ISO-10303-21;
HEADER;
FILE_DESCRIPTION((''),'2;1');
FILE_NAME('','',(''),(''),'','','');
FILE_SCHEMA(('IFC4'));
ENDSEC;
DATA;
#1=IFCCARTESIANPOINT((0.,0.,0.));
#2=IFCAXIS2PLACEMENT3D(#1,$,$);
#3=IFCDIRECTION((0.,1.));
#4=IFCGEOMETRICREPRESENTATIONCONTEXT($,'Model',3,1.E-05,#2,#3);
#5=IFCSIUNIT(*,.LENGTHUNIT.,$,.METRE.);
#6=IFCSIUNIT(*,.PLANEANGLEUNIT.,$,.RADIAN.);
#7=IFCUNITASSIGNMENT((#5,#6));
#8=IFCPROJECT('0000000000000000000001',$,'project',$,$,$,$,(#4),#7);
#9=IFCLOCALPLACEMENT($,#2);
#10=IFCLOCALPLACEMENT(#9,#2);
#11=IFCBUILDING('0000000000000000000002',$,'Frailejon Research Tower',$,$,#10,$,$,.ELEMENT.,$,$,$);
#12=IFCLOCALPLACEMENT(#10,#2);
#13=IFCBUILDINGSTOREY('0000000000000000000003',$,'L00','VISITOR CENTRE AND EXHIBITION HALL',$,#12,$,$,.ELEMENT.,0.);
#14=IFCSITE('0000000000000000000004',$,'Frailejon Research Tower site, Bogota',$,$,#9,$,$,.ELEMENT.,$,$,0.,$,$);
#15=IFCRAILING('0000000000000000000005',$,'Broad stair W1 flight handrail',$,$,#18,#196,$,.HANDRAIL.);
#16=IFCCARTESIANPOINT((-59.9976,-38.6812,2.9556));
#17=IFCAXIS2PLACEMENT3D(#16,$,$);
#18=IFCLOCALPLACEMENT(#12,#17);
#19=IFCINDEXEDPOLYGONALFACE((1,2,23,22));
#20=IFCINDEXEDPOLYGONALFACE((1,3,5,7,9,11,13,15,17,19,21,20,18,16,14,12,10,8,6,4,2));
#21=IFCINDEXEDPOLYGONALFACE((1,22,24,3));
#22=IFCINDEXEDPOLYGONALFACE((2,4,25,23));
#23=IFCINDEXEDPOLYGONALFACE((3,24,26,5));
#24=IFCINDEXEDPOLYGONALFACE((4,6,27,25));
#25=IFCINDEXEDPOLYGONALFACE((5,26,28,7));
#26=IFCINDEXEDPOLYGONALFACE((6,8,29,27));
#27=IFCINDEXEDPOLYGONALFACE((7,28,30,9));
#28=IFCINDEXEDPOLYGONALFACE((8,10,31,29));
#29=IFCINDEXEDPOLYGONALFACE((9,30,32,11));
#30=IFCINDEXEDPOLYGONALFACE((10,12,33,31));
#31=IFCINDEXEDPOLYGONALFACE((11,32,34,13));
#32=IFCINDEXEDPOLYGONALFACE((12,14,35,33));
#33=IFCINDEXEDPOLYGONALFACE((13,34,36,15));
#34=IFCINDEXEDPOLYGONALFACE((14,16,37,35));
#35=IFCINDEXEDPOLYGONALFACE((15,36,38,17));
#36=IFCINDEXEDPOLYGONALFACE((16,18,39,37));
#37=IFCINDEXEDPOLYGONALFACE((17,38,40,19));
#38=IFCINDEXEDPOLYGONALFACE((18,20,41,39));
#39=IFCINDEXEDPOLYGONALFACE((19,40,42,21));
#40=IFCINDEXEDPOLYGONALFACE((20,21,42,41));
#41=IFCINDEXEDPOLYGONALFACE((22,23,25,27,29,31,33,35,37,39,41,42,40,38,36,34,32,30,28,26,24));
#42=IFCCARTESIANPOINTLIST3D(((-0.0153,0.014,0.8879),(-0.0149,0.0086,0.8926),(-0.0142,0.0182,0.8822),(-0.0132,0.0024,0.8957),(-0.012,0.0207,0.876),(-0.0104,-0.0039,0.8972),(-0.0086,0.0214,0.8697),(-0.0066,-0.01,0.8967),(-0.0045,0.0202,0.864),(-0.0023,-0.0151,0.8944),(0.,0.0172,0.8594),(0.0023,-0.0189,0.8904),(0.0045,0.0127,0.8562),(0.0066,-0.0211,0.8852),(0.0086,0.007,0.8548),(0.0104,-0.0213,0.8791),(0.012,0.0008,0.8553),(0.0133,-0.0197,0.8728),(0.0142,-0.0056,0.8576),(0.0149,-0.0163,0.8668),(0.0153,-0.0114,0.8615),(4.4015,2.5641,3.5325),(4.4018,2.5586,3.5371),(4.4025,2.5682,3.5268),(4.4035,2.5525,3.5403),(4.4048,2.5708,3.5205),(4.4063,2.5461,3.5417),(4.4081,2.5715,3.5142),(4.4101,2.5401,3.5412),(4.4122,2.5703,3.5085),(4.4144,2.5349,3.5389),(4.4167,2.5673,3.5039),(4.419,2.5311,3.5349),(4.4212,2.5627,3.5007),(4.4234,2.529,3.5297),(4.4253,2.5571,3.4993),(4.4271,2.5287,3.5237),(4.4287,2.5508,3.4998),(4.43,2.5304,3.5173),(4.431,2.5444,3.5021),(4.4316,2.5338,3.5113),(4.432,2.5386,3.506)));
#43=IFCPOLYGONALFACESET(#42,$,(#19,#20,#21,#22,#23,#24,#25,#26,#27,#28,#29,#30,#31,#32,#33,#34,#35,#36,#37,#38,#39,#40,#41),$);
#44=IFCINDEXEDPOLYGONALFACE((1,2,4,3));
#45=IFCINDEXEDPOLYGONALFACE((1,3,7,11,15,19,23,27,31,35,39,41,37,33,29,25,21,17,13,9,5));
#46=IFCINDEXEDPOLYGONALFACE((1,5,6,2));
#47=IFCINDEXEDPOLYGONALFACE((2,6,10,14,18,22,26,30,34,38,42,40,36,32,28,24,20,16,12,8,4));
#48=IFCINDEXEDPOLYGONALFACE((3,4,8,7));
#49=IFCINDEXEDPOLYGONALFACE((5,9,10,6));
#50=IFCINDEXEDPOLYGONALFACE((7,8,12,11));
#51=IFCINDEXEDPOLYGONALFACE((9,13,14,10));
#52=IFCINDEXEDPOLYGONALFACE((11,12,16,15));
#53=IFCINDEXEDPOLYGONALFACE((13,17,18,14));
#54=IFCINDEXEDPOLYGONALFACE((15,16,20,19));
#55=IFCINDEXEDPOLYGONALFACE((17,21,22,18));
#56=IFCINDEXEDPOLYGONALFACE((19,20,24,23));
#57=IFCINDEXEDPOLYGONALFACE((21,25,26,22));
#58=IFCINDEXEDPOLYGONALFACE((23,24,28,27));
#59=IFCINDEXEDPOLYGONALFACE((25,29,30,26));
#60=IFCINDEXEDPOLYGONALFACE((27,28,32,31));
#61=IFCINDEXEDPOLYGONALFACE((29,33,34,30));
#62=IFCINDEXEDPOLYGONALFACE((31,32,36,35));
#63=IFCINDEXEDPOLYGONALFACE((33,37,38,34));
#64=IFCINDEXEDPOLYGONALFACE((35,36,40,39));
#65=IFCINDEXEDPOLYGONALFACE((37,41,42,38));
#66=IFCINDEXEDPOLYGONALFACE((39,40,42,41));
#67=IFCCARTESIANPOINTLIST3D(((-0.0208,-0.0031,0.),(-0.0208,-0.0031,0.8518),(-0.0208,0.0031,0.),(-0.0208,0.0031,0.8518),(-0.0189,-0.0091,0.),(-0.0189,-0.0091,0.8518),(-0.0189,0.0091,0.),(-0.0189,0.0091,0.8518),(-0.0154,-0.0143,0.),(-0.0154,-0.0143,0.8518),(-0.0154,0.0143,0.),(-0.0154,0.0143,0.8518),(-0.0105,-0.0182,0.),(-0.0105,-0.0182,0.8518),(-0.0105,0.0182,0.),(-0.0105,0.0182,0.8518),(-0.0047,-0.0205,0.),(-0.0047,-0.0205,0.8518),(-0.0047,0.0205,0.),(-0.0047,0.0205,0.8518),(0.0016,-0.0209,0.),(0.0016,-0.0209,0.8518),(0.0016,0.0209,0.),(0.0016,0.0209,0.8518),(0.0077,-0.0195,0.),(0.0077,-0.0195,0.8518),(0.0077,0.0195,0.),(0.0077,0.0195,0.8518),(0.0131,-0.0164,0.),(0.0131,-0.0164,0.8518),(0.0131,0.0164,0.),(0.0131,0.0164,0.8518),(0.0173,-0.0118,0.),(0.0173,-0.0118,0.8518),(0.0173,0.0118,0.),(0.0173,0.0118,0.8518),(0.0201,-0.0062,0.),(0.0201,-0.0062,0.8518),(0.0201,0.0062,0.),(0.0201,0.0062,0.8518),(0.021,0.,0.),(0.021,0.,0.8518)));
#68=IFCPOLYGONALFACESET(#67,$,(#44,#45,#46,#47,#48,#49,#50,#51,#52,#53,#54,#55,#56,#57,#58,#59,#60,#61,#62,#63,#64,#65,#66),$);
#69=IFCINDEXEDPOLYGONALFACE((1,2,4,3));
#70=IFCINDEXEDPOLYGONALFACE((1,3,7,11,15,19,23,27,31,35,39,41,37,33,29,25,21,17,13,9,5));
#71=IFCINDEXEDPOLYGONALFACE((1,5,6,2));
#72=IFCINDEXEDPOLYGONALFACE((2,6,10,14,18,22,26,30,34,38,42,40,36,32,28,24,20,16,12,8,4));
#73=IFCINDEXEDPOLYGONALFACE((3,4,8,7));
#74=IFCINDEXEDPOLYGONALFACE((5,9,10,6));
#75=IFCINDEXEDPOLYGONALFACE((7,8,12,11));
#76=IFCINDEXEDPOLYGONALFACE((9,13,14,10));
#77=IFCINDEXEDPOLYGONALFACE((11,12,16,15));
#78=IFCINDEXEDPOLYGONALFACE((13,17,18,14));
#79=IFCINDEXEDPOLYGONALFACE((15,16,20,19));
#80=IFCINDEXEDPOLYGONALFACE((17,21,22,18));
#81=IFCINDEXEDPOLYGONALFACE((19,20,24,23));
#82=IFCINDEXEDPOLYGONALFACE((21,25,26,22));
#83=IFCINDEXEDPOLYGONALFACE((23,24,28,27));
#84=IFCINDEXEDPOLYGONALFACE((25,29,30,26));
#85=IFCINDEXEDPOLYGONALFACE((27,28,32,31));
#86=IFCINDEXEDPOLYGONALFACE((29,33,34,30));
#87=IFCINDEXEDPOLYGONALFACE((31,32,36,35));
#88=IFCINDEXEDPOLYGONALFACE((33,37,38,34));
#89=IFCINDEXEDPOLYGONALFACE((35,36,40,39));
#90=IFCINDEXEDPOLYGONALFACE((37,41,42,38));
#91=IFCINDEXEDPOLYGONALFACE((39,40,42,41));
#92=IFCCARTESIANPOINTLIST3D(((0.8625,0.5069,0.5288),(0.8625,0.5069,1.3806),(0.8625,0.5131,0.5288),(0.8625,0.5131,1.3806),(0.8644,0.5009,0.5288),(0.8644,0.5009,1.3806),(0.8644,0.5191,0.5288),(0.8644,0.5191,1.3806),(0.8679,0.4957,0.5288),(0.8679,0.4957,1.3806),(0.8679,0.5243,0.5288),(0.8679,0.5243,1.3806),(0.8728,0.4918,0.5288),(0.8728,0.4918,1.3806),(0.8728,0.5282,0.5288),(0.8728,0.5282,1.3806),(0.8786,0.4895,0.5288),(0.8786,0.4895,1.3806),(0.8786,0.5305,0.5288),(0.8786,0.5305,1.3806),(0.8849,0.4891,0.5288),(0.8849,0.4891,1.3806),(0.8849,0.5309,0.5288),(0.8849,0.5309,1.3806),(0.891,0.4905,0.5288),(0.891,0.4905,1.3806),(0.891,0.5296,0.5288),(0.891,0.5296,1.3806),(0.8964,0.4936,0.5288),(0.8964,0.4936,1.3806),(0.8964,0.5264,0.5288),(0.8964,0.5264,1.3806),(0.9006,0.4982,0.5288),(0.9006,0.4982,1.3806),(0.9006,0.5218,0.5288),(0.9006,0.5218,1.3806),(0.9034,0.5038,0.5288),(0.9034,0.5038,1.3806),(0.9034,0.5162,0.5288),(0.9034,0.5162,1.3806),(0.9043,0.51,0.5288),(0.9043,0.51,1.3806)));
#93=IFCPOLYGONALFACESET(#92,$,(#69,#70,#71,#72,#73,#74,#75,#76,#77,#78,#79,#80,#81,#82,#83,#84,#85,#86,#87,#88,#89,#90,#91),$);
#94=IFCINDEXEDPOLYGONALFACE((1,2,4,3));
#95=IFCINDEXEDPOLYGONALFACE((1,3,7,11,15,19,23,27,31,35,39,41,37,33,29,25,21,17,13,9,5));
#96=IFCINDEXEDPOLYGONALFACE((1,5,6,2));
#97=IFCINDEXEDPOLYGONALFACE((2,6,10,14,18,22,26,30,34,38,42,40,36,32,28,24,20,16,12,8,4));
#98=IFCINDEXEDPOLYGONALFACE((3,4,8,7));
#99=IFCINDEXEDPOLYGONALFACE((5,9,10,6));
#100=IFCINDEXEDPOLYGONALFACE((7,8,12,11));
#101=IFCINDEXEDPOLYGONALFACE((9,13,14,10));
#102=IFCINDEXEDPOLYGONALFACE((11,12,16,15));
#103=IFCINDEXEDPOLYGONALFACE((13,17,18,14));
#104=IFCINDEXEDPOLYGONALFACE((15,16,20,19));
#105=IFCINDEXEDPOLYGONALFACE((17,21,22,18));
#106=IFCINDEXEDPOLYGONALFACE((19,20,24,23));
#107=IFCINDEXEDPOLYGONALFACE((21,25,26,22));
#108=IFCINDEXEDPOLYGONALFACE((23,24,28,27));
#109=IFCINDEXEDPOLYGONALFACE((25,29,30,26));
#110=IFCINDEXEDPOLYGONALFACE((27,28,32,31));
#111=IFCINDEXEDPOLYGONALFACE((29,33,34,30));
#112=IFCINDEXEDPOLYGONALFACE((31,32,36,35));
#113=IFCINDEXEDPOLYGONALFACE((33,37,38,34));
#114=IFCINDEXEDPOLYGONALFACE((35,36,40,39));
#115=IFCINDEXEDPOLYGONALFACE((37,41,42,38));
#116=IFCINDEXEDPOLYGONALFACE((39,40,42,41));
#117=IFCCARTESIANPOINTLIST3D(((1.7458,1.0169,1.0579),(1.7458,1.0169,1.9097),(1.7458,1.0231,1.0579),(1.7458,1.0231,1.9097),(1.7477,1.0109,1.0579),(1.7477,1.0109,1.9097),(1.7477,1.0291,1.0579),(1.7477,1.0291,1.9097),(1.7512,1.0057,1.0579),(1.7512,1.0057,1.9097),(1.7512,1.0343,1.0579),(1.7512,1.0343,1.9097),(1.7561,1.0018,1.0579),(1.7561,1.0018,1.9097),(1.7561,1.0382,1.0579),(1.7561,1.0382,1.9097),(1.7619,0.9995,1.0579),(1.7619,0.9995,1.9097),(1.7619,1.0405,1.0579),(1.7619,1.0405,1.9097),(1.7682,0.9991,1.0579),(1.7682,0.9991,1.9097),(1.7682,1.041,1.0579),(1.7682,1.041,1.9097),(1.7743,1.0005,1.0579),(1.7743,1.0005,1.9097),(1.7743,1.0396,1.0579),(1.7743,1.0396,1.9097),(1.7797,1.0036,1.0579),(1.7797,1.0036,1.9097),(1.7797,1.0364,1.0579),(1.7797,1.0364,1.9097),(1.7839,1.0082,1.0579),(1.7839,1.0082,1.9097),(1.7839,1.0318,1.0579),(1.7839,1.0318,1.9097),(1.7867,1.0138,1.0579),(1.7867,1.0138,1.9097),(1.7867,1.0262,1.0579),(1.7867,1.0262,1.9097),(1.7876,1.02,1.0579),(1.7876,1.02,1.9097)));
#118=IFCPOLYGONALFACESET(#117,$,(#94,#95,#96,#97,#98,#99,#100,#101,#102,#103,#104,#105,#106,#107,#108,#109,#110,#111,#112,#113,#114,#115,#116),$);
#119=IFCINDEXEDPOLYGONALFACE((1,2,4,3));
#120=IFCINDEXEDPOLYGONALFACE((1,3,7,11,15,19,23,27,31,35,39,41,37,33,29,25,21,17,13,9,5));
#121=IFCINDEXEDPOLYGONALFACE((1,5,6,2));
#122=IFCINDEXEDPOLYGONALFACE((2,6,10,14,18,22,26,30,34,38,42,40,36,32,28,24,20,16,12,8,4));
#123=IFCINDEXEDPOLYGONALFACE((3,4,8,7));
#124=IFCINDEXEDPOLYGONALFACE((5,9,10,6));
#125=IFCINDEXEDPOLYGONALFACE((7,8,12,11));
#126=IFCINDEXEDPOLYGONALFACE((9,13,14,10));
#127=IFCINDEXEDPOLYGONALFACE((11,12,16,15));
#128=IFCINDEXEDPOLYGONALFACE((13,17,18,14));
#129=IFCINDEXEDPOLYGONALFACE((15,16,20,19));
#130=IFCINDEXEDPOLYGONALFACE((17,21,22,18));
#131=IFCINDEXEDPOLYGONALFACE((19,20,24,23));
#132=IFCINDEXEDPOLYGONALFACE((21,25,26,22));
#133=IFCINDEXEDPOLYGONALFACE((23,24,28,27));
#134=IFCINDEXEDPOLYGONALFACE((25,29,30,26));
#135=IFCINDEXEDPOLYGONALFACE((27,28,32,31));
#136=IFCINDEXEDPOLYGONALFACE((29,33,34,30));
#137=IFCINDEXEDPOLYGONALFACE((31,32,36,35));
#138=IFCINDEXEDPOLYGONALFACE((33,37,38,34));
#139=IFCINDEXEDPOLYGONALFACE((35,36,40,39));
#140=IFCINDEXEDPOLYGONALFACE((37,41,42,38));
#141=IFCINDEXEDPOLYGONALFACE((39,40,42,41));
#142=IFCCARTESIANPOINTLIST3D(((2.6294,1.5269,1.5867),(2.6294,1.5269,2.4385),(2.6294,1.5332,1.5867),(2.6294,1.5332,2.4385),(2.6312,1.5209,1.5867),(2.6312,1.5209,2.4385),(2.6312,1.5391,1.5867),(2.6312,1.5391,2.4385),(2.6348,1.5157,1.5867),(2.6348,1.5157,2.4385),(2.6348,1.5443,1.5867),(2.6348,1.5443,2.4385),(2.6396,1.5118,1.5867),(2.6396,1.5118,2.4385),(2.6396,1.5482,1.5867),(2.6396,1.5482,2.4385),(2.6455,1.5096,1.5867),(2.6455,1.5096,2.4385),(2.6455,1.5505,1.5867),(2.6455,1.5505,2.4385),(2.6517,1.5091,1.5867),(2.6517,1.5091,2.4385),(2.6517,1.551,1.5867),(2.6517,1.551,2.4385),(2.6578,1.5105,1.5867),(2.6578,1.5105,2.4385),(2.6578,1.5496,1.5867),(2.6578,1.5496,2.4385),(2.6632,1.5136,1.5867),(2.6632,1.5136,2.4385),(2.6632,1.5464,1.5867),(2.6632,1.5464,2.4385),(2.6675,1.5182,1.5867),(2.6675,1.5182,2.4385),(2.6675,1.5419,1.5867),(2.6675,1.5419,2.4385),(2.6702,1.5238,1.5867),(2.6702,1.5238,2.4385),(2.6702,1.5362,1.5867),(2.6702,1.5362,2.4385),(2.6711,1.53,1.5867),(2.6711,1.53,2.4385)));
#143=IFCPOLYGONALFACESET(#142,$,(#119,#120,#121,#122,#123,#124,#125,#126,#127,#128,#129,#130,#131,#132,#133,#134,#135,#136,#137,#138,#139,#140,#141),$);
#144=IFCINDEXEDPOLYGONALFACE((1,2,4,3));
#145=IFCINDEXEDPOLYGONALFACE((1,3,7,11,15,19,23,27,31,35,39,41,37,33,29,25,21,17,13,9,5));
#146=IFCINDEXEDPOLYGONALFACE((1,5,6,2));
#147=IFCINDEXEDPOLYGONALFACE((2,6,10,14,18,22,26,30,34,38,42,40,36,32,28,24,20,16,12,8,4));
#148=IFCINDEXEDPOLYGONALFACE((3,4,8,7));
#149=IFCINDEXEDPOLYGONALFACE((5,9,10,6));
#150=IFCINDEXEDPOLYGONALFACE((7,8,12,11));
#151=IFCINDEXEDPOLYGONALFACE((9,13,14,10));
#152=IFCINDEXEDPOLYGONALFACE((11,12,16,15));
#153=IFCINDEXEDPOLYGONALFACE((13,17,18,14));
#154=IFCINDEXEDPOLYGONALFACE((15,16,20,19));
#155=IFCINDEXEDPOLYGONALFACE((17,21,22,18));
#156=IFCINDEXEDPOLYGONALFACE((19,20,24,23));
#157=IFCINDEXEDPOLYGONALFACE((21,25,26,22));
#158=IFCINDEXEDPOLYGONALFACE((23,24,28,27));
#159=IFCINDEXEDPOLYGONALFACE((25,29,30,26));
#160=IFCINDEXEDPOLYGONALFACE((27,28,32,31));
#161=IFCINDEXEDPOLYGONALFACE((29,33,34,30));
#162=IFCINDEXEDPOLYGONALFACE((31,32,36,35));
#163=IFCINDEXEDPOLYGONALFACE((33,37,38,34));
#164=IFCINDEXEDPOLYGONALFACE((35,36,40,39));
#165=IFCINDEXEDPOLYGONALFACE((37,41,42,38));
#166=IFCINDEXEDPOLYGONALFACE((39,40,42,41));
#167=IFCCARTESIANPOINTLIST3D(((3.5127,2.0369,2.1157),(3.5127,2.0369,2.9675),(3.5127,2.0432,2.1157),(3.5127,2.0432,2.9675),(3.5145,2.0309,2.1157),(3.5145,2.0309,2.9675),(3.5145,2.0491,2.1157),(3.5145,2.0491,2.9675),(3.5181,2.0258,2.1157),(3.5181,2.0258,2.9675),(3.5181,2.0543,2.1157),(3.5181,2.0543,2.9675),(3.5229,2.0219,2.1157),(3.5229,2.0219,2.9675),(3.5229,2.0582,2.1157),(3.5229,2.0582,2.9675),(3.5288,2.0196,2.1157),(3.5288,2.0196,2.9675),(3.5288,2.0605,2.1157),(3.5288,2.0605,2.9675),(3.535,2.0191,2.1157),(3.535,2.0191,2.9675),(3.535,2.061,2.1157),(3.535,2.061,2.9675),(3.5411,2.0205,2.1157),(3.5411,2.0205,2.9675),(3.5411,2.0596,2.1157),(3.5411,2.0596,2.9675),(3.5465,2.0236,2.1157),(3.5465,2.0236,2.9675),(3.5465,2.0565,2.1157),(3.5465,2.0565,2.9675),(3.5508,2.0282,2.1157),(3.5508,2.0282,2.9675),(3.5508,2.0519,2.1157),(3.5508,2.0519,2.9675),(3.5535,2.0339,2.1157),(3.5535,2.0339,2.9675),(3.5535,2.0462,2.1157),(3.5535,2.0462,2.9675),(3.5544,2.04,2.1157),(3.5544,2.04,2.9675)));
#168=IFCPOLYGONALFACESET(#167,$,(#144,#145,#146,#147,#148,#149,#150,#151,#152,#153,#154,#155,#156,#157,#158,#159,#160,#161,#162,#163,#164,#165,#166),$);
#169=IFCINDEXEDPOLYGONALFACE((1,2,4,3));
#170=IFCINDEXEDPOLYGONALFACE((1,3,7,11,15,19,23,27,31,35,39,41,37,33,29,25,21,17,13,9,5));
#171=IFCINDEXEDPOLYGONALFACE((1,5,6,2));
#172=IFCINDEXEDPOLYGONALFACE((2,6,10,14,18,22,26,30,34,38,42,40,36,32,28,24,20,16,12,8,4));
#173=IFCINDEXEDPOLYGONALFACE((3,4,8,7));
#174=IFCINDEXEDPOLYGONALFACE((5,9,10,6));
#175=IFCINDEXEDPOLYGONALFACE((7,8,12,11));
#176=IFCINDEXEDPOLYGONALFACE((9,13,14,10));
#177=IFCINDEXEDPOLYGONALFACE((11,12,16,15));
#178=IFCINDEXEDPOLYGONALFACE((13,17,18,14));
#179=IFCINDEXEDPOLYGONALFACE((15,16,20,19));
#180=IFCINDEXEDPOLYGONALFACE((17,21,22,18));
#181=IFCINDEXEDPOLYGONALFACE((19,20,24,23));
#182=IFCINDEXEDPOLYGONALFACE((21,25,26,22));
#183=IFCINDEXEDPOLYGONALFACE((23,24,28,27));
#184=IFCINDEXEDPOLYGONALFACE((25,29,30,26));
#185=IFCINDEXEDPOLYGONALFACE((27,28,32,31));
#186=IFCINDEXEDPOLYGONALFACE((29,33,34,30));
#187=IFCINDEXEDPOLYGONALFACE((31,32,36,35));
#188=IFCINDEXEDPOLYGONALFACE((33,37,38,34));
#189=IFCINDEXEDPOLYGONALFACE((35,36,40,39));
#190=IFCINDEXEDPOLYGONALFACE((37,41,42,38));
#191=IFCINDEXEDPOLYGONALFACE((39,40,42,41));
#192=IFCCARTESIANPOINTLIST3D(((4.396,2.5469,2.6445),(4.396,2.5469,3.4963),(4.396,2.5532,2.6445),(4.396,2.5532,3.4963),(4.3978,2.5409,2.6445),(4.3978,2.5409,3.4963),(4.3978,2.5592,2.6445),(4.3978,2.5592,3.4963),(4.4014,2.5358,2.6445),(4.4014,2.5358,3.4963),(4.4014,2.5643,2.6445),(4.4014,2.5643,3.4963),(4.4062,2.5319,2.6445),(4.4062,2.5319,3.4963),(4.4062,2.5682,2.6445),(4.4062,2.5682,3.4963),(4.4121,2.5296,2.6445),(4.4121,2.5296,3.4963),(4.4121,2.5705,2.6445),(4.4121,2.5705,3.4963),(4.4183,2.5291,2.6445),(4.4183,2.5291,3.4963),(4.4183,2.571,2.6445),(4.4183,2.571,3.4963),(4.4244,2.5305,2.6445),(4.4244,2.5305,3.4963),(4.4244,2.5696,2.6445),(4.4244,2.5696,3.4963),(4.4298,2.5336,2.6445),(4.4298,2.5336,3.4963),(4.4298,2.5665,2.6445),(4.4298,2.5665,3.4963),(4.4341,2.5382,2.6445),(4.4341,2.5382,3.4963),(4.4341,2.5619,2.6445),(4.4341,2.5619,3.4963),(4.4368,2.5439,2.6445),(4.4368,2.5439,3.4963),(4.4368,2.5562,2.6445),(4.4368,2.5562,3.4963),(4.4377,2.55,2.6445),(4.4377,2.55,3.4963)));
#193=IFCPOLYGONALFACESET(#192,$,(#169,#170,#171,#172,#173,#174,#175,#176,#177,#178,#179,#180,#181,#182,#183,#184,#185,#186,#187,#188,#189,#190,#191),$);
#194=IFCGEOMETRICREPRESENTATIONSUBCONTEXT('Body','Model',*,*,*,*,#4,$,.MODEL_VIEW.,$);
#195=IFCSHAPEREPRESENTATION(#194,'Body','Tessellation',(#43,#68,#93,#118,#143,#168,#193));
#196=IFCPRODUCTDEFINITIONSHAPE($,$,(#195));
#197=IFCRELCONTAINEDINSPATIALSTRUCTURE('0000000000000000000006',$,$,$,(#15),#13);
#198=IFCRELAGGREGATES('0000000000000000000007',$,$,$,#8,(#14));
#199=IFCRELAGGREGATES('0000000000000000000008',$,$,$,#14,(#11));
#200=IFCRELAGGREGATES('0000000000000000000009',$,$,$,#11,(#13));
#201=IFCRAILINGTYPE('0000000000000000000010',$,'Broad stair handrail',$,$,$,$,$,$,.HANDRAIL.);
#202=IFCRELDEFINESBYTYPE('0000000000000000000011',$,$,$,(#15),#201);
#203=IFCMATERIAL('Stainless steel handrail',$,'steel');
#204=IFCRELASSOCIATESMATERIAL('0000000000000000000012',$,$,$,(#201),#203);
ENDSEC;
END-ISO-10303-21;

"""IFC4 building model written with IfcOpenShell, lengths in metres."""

from ifc_helpers import new_model, si_unit, direction, frame, origin, origin_2d, place, context, subcontext, project, spatial, circle, extrude, material, type_object, element, save


model = new_model("IFC4")

# Units and contexts
model_context = context("Model", 3, precision=1e-05, world=origin(), true_north=direction((0.0, 1.0)))
body_context = subcontext(model_context, "Body", "Model", "MODEL_VIEW")
ifc_project = project(units=[si_unit("LENGTHUNIT", "METRE"), si_unit("PLANEANGLEUNIT", "RADIAN")], contexts=[model_context])

# Site, building, storey
site_placement = place(None, origin())
site = spatial("IfcSite", under=ifc_project, at=site_placement, Name="Frailejon Research Tower site, Bogota", CompositionType="ELEMENT", RefElevation=0.0)
building_placement = place(site_placement, origin())
building = spatial("IfcBuilding", under=site, at=building_placement, Name="Frailejon Research Tower", CompositionType="ELEMENT")
storey_placement = place(building_placement, origin())
storey = spatial("IfcBuildingStorey", under=building, at=storey_placement, Name="L00", Description="VISITOR CENTRE AND EXHIBITION HALL", CompositionType="ELEMENT", Elevation=0.0)

# Railing
ifc_material_1 = material(Name="Stainless steel handrail", Category="steel")
railing_type_1 = type_object("IfcRailingType", Name="Broad stair handrail", PredefinedType="HANDRAIL", material=ifc_material_1)
for number, where, name in (
    (1, (-59.9976, -38.6812, 2.9556), "Broad stair W1 flight handrail"),
):
    element("IfcRailing", number, at=place(storey_placement, frame(where)), inside=storey, type_object=railing_type_1, Name=name, PredefinedType="HANDRAIL", context=body_context, shape_type="SweptSolid", body=[
        extrude(circle(Radius=0.0239, at=origin_2d()), frame((0.0, 0.0, 0.876), z_axis=(0.768811, 0.44388, 0.460326), x_axis=(-0.500006, 0.866022, 0.0)), (0.0, 0.0, 1.0), 5.7449),
        extrude(circle(Radius=0.021, at=origin_2d()), origin(), (0.0, 0.0, 1.0), 0.8518),
        extrude(circle(Radius=0.021, at=origin_2d()), frame((0.8833, 0.51, 0.5288)), (0.0, 0.0, 1.0), 0.8518),
        extrude(circle(Radius=0.021, at=origin_2d()), frame((1.7666, 1.02, 1.0579)), (0.0, 0.0, 1.0), 0.8518),
        extrude(circle(Radius=0.021, at=origin_2d()), frame((2.6501, 1.53, 1.5867)), (0.0, 0.0, 1.0), 0.8518),
        extrude(circle(Radius=0.021, at=origin_2d()), frame((3.5334, 2.04, 2.1157)), (0.0, 0.0, 1.0), 0.8518),
        extrude(circle(Radius=0.021, at=origin_2d()), frame((4.4167, 2.55, 2.6445)), (0.0, 0.0, 1.0), 0.8518),
    ])

save(model, "model.ifc")
